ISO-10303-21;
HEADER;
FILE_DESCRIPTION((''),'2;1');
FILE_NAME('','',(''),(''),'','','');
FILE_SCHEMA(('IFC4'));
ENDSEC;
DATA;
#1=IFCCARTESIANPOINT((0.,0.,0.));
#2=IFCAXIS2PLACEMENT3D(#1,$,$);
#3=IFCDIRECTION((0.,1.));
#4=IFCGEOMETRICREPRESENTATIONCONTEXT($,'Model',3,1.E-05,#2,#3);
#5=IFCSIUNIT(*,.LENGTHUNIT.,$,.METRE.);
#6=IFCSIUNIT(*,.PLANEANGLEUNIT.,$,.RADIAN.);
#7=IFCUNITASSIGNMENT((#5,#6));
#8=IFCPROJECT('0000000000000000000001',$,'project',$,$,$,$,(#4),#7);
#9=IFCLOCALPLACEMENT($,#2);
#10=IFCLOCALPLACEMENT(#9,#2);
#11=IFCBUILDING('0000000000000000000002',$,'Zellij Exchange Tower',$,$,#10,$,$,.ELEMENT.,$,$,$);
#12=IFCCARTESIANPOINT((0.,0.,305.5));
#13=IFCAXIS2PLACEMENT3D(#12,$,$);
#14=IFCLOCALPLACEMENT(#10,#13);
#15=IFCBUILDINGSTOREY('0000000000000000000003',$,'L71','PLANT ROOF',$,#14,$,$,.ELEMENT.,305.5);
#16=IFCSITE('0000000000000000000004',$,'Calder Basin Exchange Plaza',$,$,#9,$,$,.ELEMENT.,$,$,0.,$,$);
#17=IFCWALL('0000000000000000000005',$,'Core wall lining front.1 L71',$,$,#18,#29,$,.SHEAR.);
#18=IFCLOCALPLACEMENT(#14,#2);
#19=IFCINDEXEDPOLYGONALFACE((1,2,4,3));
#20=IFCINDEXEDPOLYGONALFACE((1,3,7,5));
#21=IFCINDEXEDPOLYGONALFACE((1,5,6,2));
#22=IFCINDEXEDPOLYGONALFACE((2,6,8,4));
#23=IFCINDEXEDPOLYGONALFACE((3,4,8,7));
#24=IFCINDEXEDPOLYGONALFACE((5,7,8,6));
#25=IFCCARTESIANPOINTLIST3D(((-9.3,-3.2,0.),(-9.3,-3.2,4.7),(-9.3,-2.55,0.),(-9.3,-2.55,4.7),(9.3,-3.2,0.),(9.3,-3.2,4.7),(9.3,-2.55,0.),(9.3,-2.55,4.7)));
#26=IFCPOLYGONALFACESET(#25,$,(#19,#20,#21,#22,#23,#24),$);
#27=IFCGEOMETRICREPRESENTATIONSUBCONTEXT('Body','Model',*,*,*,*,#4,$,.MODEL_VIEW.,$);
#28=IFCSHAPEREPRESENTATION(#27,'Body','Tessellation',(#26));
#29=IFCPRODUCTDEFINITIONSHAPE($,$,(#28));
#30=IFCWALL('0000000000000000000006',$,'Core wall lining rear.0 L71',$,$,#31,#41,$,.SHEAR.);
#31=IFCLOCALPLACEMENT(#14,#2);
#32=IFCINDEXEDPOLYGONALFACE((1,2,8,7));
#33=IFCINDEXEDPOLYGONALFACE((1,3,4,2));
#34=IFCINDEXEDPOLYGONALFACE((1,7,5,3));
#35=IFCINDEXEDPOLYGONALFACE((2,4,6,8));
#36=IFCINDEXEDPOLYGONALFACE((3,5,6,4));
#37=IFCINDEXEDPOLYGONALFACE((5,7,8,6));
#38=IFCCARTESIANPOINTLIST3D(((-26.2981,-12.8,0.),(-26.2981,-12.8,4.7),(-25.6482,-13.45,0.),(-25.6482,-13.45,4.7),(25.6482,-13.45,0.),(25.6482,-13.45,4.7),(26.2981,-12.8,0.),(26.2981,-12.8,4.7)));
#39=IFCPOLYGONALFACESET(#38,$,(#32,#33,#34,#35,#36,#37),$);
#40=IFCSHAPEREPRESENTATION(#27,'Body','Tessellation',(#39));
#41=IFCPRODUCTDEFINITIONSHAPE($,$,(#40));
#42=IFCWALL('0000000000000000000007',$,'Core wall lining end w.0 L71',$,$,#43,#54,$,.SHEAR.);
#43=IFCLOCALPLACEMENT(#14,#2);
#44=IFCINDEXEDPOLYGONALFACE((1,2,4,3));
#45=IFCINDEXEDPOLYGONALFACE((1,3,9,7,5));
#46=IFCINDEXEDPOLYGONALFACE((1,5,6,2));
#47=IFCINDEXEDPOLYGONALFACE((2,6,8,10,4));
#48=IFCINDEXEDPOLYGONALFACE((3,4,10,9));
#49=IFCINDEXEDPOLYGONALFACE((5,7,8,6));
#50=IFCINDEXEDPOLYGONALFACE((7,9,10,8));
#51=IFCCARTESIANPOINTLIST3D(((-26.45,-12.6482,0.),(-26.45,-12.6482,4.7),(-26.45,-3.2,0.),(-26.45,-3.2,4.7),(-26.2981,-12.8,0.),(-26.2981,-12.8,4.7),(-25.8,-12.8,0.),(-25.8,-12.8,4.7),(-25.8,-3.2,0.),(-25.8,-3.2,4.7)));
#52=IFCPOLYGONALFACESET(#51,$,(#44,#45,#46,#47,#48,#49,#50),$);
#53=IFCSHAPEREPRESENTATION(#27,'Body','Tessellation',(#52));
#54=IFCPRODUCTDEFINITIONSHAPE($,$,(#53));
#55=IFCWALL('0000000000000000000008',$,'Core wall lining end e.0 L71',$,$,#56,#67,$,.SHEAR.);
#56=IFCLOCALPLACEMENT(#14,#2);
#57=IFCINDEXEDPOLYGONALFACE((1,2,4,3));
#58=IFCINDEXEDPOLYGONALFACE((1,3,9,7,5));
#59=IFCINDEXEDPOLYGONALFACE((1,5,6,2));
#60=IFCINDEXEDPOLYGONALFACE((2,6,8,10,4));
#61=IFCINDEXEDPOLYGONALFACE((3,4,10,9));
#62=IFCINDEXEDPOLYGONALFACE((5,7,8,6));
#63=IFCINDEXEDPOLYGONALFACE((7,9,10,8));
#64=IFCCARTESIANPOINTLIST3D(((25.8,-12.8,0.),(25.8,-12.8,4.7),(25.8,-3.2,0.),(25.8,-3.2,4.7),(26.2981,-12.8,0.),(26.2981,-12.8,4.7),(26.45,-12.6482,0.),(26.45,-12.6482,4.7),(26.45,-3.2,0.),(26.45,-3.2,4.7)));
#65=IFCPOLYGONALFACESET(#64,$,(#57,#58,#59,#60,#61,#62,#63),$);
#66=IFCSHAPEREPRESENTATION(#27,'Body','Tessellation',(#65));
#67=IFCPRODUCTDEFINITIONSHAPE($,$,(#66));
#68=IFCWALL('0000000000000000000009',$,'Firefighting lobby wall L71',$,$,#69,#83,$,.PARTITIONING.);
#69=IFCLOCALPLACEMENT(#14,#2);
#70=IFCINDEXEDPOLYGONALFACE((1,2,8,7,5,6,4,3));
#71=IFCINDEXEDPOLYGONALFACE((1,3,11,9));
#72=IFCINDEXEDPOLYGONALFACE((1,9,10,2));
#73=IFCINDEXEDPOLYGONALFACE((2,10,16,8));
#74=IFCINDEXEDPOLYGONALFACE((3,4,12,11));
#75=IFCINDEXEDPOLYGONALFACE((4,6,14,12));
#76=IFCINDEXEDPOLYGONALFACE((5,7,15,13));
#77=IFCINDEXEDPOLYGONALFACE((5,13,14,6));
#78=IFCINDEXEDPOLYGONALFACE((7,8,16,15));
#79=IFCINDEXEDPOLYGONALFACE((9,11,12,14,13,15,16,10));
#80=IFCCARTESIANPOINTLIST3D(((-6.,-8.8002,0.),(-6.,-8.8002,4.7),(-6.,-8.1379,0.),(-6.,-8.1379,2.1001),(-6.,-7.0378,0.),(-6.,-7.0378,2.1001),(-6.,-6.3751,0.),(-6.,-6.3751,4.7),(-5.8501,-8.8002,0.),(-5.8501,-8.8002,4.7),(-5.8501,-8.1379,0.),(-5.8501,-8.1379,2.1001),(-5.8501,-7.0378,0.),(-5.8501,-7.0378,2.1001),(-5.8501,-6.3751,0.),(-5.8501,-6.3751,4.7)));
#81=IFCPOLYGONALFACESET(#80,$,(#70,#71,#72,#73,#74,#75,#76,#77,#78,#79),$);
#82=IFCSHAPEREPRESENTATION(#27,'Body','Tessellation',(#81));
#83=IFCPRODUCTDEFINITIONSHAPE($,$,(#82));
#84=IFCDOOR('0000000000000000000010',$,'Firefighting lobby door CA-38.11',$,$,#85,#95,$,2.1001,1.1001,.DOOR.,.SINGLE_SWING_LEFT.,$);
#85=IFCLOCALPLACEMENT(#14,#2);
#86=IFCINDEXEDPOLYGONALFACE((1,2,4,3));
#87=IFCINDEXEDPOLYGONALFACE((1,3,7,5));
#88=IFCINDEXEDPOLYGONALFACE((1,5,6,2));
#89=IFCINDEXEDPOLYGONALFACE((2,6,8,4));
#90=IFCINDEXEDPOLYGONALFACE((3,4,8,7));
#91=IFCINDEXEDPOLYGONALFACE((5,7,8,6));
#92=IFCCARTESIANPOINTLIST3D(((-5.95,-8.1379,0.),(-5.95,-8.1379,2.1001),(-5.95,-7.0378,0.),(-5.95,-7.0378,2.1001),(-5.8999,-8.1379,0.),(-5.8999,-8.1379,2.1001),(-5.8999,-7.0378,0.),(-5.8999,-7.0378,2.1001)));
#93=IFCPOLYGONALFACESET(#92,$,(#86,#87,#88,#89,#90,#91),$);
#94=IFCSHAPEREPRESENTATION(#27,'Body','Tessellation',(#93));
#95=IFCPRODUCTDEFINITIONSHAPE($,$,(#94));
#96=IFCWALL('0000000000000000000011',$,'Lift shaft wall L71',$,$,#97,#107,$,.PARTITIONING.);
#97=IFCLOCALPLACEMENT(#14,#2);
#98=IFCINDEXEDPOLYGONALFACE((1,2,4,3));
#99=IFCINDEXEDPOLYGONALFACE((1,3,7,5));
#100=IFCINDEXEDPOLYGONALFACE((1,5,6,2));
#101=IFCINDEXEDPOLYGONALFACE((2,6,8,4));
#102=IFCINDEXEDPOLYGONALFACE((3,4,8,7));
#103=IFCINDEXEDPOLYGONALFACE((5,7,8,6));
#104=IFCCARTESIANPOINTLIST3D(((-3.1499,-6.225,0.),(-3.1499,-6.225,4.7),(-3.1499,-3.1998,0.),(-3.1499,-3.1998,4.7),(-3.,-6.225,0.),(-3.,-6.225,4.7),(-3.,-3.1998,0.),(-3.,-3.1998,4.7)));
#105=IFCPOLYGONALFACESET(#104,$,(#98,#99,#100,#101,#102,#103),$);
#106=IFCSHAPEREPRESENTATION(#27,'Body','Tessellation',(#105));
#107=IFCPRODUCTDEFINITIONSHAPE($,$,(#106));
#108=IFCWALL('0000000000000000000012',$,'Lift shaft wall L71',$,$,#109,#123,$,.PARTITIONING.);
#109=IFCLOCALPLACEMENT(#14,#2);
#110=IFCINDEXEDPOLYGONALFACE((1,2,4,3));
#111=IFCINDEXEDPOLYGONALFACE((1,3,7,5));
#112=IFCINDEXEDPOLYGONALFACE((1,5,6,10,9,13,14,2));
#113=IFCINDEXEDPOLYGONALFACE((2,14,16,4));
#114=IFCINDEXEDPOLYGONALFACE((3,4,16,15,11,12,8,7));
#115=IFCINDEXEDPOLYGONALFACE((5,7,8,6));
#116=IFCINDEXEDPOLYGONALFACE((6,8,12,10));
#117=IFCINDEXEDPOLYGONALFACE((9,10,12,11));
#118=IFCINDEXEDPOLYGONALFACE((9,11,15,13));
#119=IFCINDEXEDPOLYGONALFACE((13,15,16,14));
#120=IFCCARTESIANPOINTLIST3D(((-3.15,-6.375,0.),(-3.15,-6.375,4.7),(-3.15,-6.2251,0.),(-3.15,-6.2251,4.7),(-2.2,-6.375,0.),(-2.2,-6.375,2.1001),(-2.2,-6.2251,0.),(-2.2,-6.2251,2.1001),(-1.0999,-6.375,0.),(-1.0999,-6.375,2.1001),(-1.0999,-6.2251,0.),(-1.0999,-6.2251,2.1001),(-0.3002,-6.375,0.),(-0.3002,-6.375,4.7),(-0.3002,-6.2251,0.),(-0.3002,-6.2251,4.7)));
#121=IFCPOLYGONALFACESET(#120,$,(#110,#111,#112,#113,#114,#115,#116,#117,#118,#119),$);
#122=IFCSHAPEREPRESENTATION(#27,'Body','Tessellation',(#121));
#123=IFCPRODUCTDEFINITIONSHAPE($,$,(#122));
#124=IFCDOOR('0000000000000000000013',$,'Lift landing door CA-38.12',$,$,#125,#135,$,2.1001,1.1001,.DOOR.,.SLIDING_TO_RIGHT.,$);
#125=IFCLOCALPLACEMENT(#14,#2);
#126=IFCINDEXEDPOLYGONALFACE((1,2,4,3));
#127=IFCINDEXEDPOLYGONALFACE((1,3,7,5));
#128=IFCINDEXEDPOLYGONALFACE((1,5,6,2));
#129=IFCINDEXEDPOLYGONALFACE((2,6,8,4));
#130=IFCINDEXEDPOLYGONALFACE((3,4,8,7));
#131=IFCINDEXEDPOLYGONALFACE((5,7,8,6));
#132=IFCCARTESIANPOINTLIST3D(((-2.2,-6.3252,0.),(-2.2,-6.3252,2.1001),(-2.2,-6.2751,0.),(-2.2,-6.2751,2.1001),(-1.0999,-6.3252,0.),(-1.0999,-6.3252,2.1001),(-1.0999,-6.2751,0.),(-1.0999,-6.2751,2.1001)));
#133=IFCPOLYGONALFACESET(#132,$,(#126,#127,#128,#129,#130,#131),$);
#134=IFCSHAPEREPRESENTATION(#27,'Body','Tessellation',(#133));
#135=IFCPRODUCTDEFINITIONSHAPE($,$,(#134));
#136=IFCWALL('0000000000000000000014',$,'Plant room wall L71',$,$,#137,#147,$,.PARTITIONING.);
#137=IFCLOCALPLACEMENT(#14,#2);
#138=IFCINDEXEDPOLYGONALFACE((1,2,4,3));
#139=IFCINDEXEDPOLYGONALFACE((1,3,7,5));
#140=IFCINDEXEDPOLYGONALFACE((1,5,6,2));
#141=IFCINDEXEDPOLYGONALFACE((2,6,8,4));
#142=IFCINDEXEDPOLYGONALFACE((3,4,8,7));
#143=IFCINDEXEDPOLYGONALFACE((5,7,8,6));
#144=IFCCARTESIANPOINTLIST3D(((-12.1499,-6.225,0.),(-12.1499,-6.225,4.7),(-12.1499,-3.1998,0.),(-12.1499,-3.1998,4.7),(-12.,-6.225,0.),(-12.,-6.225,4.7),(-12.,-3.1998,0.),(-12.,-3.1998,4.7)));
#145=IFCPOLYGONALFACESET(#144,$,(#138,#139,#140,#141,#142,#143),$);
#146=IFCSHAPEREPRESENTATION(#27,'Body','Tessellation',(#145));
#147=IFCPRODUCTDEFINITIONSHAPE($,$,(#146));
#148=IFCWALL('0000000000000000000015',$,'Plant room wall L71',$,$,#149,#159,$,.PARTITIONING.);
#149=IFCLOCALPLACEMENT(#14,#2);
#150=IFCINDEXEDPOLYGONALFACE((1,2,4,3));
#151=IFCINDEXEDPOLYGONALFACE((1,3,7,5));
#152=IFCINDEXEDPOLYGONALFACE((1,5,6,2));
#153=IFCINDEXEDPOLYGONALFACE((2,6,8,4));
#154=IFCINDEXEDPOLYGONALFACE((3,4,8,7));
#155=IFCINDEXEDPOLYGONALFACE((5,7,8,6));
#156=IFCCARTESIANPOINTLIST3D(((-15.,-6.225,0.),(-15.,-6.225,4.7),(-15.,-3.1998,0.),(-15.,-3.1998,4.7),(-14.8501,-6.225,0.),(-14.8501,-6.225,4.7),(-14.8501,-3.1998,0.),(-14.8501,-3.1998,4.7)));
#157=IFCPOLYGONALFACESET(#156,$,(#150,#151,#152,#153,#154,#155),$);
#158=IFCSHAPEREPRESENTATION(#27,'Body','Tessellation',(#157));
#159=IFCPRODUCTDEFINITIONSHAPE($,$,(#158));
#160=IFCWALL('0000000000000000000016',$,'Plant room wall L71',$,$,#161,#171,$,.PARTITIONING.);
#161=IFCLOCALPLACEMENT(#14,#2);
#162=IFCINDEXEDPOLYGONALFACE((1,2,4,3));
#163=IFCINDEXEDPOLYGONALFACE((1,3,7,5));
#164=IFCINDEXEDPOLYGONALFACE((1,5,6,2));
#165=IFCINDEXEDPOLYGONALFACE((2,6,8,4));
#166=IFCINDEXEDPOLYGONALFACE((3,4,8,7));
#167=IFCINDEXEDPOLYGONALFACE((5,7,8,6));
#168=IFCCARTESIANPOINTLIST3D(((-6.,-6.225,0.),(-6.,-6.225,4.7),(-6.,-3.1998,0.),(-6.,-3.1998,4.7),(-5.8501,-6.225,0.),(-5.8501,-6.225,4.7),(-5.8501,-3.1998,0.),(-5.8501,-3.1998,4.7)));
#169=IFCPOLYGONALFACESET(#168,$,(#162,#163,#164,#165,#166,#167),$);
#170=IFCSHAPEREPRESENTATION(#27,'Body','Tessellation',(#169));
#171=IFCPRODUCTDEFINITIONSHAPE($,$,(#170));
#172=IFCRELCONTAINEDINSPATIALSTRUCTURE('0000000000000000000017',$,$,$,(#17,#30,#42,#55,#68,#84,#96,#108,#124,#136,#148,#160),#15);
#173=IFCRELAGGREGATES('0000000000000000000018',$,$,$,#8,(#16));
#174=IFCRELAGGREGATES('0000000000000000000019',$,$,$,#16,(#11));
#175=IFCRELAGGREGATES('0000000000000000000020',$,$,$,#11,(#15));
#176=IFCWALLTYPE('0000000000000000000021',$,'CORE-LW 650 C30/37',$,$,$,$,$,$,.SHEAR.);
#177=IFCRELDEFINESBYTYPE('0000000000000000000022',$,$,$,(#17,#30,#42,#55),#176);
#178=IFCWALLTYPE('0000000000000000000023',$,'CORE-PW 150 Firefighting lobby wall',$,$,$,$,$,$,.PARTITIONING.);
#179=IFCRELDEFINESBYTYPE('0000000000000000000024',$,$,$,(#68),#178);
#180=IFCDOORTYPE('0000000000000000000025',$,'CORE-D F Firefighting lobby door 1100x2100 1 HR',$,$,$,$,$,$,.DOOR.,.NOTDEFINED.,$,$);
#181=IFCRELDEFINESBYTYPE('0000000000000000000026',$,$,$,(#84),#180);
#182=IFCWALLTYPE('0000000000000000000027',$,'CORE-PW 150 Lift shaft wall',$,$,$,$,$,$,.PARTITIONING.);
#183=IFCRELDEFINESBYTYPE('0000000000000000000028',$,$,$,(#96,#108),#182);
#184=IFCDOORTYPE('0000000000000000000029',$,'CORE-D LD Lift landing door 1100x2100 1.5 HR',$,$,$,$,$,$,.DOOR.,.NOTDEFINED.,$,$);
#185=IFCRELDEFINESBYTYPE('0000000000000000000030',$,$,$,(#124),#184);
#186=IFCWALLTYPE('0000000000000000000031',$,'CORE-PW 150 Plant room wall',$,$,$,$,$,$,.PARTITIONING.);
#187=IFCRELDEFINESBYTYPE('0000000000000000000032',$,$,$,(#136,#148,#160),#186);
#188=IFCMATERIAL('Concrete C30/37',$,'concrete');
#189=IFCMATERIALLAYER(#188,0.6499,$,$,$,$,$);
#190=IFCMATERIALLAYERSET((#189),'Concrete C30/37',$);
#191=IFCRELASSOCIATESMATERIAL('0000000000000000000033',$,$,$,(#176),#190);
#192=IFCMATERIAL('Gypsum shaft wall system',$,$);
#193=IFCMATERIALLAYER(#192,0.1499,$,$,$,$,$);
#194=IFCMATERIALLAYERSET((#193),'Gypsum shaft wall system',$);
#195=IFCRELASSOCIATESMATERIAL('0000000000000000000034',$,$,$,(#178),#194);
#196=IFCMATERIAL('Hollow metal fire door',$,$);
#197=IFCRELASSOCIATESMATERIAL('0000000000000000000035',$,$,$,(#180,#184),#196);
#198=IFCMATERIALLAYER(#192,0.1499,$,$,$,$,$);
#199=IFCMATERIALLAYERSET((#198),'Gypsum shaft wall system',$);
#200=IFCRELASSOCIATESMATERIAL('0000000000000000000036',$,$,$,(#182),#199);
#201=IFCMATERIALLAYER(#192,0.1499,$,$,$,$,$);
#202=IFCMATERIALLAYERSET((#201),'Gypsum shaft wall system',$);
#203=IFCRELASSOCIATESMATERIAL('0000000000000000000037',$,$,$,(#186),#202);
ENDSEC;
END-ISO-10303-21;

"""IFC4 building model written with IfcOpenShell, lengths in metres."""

from ifc_helpers import new_model, si_unit, direction, frame, frame_2d, origin, place, context, subcontext, project, spatial, polyline, rectangle, outline, extrude, material, layer, layer_set, type_object, element, fill, save


model = new_model("IFC4")

# Units and contexts
model_context = context("Model", 3, precision=1e-05, world=origin(), true_north=direction((0.0, 1.0)))
body_context = subcontext(model_context, "Body", "Model", "MODEL_VIEW")
ifc_project = project(units=[si_unit("LENGTHUNIT", "METRE"), si_unit("PLANEANGLEUNIT", "RADIAN")], contexts=[model_context])

# Site, building, storey
site_placement = place(None, origin())
site = spatial("IfcSite", under=ifc_project, at=site_placement, Name="Calder Basin Exchange Plaza", CompositionType="ELEMENT", RefElevation=0.0)
building_placement = place(site_placement, origin())
building = spatial("IfcBuilding", under=site, at=building_placement, Name="Zellij Exchange Tower", CompositionType="ELEMENT")
storey_placement = place(building_placement, frame((0.0, 0.0, 305.5)))
storey = spatial("IfcBuildingStorey", under=building, at=storey_placement, Name="L71", Description="PLANT ROOF", CompositionType="ELEMENT", Elevation=305.5)

# Walls
ifc_material_1 = material(Name="Concrete C30/37", Category="concrete")
ifc_layer_1 = layer(ifc_material_1, 0.6499)
ifc_layer_set_1 = layer_set([ifc_layer_1], Name="Concrete C30/37")
wall_type_1 = type_object("IfcWallType", Name="CORE-LW 650 C30/37", PredefinedType="SHEAR", material=ifc_layer_set_1)
wall_1_placement = place(storey_placement, frame((-9.3, -2.875, 0.0), z_axis=(0.0, 0.0, 1.0), x_axis=(1.0, 0.0, 0.0)))
element("IfcWall", 1, at=wall_1_placement, inside=storey, type_object=wall_type_1, Name="Core wall lining front.1 L71", PredefinedType="SHEAR", context=body_context, shape_type="SweptSolid", body=[
    extrude(rectangle(XDim=18.6001, YDim=0.6499, at=frame_2d((9.3, 0.0))), origin(), (0.0, 0.0, 1.0), 4.7),
])
wall_2_placement = place(storey_placement, origin())
element("IfcWall", 2, at=wall_2_placement, inside=storey, type_object=wall_type_1, Name="Core wall lining rear.0 L71", PredefinedType="SHEAR", context=body_context, shape_type="SweptSolid", body=[
    extrude(outline(polyline([(26.2981, -12.8), (25.6482, -13.45), (-25.6482, -13.45), (-26.2981, -12.8), (26.2981, -12.8)])), origin(), (0.0, 0.0, 1.0), 4.7),
])
wall_3_placement = place(storey_placement, origin())
element("IfcWall", 3, at=wall_3_placement, inside=storey, type_object=wall_type_1, Name="Core wall lining end w.0 L71", PredefinedType="SHEAR", context=body_context, shape_type="SweptSolid", body=[
    extrude(outline(polyline([(-26.45, -3.2), (-25.8, -3.2), (-25.8, -12.8), (-26.2981, -12.8), (-26.45, -12.6482), (-26.45, -3.2)])), origin(), (0.0, 0.0, 1.0), 4.7),
])
wall_4_placement = place(storey_placement, origin())
element("IfcWall", 4, at=wall_4_placement, inside=storey, type_object=wall_type_1, Name="Core wall lining end e.0 L71", PredefinedType="SHEAR", context=body_context, shape_type="SweptSolid", body=[
    extrude(outline(polyline([(25.8, -12.8), (25.8, -3.2), (26.45, -3.2), (26.45, -12.6482), (26.2981, -12.8), (25.8, -12.8)])), origin(), (0.0, 0.0, 1.0), 4.7),
])

# Wall, opening, door
ifc_material_2 = material(Name="Gypsum shaft wall system")
ifc_layer_2 = layer(ifc_material_2, 0.1499)
ifc_layer_set_2 = layer_set([ifc_layer_2], Name="Gypsum shaft wall system")
wall_type_2 = type_object("IfcWallType", Name="CORE-PW 150 Firefighting lobby wall", PredefinedType="PARTITIONING", material=ifc_layer_set_2)
wall_5_placement = place(storey_placement, frame((-5.925, -8.8, 0.0), z_axis=(0.0, 0.0, 1.0), x_axis=(0.0, 1.0, 0.0)))
wall_5 = element("IfcWall", 5, at=wall_5_placement, inside=storey, type_object=wall_type_2, Name="Firefighting lobby wall L71", PredefinedType="PARTITIONING", context=body_context, shape_type="SweptSolid", body=[
    extrude(rectangle(XDim=2.425, YDim=0.1499, at=frame_2d((1.2124, 0.0))), origin(), (0.0, 0.0, 1.0), 4.7),
])
opening_1_placement = place(wall_5_placement, frame((0.6621, 0.0, 0.0)))
opening_1 = element("IfcOpeningElement", 6, at=opening_1_placement, cuts=wall_5, PredefinedType="OPENING", context=body_context, shape_type="SweptSolid", body=[
    extrude(rectangle(XDim=1.1001, YDim=2.1001, at=frame_2d((0.55, 1.05))), frame((0.0, 0.0869, 0.0), z_axis=(0.0, -1.0, 0.0), x_axis=(1.0, 0.0, 0.0)), (0.0, 0.0, 1.0), 0.1738),
])
ifc_material_3 = material(Name="Hollow metal fire door")
door_type_1 = type_object("IfcDoorType", Name="CORE-D F Firefighting lobby door 1100x2100 1 HR", OperationType="NOTDEFINED", PredefinedType="DOOR", material=ifc_material_3)
door_1_placement = place(opening_1_placement, origin())
door_1 = element("IfcDoor", 7, at=door_1_placement, inside=storey, type_object=door_type_1, Name="Firefighting lobby door CA-38.11", OperationType="SINGLE_SWING_LEFT", OverallHeight=2.1001, OverallWidth=1.1001, PredefinedType="DOOR", context=body_context, shape_type="SweptSolid", body=[
    extrude(rectangle(XDim=1.1001, YDim=2.1001, at=frame_2d((0.55, 1.05))), frame((0.0, 0.0249, 0.0), z_axis=(0.0, -1.0, 0.0), x_axis=(1.0, 0.0, 0.0)), (0.0, 0.0, 1.0), 0.05),
])
fill(opening_1, door_1)

# Wall
ifc_layer_3 = layer(ifc_material_2, 0.1499)
ifc_layer_set_3 = layer_set([ifc_layer_3], Name="Gypsum shaft wall system")
wall_type_3 = type_object("IfcWallType", Name="CORE-PW 150 Lift shaft wall", PredefinedType="PARTITIONING", material=ifc_layer_set_3)
wall_6_placement = place(storey_placement, frame((-3.075, -6.2251, 0.0), z_axis=(0.0, 0.0, 1.0), x_axis=(0.0, 1.0, 0.0)))
element("IfcWall", 8, at=wall_6_placement, inside=storey, type_object=wall_type_3, Name="Lift shaft wall L71", PredefinedType="PARTITIONING", context=body_context, shape_type="SweptSolid", body=[
    extrude(rectangle(XDim=3.0251, YDim=0.1499, at=frame_2d((1.5127, 0.0))), origin(), (0.0, 0.0, 1.0), 4.7),
])

# Wall, opening, door
wall_7_placement = place(storey_placement, frame((-3.1499, -6.3, 0.0), z_axis=(0.0, 0.0, 1.0), x_axis=(1.0, 0.0, 0.0)))
wall_7 = element("IfcWall", 9, at=wall_7_placement, inside=storey, type_object=wall_type_3, Name="Lift shaft wall L71", PredefinedType="PARTITIONING", context=body_context, shape_type="SweptSolid", body=[
    extrude(rectangle(XDim=2.8499, YDim=0.1499, at=frame_2d((1.4248, 0.0))), origin(), (0.0, 0.0, 1.0), 4.7),
])
opening_2_placement = place(wall_7_placement, frame((0.95, 0.0, 0.0)))
opening_2 = element("IfcOpeningElement", 10, at=opening_2_placement, cuts=wall_7, PredefinedType="OPENING", context=body_context, shape_type="SweptSolid", body=[
    extrude(rectangle(XDim=1.1001, YDim=2.1001, at=frame_2d((0.55, 1.05))), frame((0.0, 0.0869, 0.0), z_axis=(0.0, -1.0, 0.0), x_axis=(1.0, 0.0, 0.0)), (0.0, 0.0, 1.0), 0.1738),
])
door_type_2 = type_object("IfcDoorType", Name="CORE-D LD Lift landing door 1100x2100 1.5 HR", OperationType="NOTDEFINED", PredefinedType="DOOR", material=ifc_material_3)
door_2_placement = place(opening_2_placement, origin())
door_2 = element("IfcDoor", 11, at=door_2_placement, inside=storey, type_object=door_type_2, Name="Lift landing door CA-38.12", OperationType="SLIDING_TO_RIGHT", OverallHeight=2.1001, OverallWidth=1.1001, PredefinedType="DOOR", context=body_context, shape_type="SweptSolid", body=[
    extrude(rectangle(XDim=1.1001, YDim=2.1001, at=frame_2d((0.55, 1.05))), frame((0.0, 0.0249, 0.0), z_axis=(0.0, -1.0, 0.0), x_axis=(1.0, 0.0, 0.0)), (0.0, 0.0, 1.0), 0.05),
])
fill(opening_2, door_2)

# Walls
ifc_layer_4 = layer(ifc_material_2, 0.1499)
ifc_layer_set_4 = layer_set([ifc_layer_4], Name="Gypsum shaft wall system")
wall_type_4 = type_object("IfcWallType", Name="CORE-PW 150 Plant room wall", PredefinedType="PARTITIONING", material=ifc_layer_set_4)
for number, where, z_axis, x_axis, name in (
    (12, (-12.075, -6.2251, 0.0), (0.0, 0.0, 1.0), (0.0, 1.0, 0.0), "Plant room wall L71"),
    (13, (-14.925, -6.2251, 0.0), (0.0, 0.0, 1.0), (0.0, 1.0, 0.0), "Plant room wall L71"),
    (14, (-5.925, -6.2251, 0.0), (0.0, 0.0, 1.0), (0.0, 1.0, 0.0), "Plant room wall L71"),
):
    element("IfcWall", number, at=place(storey_placement, frame(where, z_axis=z_axis, x_axis=x_axis)), inside=storey, type_object=wall_type_4, Name=name, PredefinedType="PARTITIONING", context=body_context, shape_type="SweptSolid", body=[
        extrude(rectangle(XDim=3.0251, YDim=0.1499, at=frame_2d((1.5127, 0.0))), origin(), (0.0, 0.0, 1.0), 4.7),
    ])

save(model, "model.ifc")
